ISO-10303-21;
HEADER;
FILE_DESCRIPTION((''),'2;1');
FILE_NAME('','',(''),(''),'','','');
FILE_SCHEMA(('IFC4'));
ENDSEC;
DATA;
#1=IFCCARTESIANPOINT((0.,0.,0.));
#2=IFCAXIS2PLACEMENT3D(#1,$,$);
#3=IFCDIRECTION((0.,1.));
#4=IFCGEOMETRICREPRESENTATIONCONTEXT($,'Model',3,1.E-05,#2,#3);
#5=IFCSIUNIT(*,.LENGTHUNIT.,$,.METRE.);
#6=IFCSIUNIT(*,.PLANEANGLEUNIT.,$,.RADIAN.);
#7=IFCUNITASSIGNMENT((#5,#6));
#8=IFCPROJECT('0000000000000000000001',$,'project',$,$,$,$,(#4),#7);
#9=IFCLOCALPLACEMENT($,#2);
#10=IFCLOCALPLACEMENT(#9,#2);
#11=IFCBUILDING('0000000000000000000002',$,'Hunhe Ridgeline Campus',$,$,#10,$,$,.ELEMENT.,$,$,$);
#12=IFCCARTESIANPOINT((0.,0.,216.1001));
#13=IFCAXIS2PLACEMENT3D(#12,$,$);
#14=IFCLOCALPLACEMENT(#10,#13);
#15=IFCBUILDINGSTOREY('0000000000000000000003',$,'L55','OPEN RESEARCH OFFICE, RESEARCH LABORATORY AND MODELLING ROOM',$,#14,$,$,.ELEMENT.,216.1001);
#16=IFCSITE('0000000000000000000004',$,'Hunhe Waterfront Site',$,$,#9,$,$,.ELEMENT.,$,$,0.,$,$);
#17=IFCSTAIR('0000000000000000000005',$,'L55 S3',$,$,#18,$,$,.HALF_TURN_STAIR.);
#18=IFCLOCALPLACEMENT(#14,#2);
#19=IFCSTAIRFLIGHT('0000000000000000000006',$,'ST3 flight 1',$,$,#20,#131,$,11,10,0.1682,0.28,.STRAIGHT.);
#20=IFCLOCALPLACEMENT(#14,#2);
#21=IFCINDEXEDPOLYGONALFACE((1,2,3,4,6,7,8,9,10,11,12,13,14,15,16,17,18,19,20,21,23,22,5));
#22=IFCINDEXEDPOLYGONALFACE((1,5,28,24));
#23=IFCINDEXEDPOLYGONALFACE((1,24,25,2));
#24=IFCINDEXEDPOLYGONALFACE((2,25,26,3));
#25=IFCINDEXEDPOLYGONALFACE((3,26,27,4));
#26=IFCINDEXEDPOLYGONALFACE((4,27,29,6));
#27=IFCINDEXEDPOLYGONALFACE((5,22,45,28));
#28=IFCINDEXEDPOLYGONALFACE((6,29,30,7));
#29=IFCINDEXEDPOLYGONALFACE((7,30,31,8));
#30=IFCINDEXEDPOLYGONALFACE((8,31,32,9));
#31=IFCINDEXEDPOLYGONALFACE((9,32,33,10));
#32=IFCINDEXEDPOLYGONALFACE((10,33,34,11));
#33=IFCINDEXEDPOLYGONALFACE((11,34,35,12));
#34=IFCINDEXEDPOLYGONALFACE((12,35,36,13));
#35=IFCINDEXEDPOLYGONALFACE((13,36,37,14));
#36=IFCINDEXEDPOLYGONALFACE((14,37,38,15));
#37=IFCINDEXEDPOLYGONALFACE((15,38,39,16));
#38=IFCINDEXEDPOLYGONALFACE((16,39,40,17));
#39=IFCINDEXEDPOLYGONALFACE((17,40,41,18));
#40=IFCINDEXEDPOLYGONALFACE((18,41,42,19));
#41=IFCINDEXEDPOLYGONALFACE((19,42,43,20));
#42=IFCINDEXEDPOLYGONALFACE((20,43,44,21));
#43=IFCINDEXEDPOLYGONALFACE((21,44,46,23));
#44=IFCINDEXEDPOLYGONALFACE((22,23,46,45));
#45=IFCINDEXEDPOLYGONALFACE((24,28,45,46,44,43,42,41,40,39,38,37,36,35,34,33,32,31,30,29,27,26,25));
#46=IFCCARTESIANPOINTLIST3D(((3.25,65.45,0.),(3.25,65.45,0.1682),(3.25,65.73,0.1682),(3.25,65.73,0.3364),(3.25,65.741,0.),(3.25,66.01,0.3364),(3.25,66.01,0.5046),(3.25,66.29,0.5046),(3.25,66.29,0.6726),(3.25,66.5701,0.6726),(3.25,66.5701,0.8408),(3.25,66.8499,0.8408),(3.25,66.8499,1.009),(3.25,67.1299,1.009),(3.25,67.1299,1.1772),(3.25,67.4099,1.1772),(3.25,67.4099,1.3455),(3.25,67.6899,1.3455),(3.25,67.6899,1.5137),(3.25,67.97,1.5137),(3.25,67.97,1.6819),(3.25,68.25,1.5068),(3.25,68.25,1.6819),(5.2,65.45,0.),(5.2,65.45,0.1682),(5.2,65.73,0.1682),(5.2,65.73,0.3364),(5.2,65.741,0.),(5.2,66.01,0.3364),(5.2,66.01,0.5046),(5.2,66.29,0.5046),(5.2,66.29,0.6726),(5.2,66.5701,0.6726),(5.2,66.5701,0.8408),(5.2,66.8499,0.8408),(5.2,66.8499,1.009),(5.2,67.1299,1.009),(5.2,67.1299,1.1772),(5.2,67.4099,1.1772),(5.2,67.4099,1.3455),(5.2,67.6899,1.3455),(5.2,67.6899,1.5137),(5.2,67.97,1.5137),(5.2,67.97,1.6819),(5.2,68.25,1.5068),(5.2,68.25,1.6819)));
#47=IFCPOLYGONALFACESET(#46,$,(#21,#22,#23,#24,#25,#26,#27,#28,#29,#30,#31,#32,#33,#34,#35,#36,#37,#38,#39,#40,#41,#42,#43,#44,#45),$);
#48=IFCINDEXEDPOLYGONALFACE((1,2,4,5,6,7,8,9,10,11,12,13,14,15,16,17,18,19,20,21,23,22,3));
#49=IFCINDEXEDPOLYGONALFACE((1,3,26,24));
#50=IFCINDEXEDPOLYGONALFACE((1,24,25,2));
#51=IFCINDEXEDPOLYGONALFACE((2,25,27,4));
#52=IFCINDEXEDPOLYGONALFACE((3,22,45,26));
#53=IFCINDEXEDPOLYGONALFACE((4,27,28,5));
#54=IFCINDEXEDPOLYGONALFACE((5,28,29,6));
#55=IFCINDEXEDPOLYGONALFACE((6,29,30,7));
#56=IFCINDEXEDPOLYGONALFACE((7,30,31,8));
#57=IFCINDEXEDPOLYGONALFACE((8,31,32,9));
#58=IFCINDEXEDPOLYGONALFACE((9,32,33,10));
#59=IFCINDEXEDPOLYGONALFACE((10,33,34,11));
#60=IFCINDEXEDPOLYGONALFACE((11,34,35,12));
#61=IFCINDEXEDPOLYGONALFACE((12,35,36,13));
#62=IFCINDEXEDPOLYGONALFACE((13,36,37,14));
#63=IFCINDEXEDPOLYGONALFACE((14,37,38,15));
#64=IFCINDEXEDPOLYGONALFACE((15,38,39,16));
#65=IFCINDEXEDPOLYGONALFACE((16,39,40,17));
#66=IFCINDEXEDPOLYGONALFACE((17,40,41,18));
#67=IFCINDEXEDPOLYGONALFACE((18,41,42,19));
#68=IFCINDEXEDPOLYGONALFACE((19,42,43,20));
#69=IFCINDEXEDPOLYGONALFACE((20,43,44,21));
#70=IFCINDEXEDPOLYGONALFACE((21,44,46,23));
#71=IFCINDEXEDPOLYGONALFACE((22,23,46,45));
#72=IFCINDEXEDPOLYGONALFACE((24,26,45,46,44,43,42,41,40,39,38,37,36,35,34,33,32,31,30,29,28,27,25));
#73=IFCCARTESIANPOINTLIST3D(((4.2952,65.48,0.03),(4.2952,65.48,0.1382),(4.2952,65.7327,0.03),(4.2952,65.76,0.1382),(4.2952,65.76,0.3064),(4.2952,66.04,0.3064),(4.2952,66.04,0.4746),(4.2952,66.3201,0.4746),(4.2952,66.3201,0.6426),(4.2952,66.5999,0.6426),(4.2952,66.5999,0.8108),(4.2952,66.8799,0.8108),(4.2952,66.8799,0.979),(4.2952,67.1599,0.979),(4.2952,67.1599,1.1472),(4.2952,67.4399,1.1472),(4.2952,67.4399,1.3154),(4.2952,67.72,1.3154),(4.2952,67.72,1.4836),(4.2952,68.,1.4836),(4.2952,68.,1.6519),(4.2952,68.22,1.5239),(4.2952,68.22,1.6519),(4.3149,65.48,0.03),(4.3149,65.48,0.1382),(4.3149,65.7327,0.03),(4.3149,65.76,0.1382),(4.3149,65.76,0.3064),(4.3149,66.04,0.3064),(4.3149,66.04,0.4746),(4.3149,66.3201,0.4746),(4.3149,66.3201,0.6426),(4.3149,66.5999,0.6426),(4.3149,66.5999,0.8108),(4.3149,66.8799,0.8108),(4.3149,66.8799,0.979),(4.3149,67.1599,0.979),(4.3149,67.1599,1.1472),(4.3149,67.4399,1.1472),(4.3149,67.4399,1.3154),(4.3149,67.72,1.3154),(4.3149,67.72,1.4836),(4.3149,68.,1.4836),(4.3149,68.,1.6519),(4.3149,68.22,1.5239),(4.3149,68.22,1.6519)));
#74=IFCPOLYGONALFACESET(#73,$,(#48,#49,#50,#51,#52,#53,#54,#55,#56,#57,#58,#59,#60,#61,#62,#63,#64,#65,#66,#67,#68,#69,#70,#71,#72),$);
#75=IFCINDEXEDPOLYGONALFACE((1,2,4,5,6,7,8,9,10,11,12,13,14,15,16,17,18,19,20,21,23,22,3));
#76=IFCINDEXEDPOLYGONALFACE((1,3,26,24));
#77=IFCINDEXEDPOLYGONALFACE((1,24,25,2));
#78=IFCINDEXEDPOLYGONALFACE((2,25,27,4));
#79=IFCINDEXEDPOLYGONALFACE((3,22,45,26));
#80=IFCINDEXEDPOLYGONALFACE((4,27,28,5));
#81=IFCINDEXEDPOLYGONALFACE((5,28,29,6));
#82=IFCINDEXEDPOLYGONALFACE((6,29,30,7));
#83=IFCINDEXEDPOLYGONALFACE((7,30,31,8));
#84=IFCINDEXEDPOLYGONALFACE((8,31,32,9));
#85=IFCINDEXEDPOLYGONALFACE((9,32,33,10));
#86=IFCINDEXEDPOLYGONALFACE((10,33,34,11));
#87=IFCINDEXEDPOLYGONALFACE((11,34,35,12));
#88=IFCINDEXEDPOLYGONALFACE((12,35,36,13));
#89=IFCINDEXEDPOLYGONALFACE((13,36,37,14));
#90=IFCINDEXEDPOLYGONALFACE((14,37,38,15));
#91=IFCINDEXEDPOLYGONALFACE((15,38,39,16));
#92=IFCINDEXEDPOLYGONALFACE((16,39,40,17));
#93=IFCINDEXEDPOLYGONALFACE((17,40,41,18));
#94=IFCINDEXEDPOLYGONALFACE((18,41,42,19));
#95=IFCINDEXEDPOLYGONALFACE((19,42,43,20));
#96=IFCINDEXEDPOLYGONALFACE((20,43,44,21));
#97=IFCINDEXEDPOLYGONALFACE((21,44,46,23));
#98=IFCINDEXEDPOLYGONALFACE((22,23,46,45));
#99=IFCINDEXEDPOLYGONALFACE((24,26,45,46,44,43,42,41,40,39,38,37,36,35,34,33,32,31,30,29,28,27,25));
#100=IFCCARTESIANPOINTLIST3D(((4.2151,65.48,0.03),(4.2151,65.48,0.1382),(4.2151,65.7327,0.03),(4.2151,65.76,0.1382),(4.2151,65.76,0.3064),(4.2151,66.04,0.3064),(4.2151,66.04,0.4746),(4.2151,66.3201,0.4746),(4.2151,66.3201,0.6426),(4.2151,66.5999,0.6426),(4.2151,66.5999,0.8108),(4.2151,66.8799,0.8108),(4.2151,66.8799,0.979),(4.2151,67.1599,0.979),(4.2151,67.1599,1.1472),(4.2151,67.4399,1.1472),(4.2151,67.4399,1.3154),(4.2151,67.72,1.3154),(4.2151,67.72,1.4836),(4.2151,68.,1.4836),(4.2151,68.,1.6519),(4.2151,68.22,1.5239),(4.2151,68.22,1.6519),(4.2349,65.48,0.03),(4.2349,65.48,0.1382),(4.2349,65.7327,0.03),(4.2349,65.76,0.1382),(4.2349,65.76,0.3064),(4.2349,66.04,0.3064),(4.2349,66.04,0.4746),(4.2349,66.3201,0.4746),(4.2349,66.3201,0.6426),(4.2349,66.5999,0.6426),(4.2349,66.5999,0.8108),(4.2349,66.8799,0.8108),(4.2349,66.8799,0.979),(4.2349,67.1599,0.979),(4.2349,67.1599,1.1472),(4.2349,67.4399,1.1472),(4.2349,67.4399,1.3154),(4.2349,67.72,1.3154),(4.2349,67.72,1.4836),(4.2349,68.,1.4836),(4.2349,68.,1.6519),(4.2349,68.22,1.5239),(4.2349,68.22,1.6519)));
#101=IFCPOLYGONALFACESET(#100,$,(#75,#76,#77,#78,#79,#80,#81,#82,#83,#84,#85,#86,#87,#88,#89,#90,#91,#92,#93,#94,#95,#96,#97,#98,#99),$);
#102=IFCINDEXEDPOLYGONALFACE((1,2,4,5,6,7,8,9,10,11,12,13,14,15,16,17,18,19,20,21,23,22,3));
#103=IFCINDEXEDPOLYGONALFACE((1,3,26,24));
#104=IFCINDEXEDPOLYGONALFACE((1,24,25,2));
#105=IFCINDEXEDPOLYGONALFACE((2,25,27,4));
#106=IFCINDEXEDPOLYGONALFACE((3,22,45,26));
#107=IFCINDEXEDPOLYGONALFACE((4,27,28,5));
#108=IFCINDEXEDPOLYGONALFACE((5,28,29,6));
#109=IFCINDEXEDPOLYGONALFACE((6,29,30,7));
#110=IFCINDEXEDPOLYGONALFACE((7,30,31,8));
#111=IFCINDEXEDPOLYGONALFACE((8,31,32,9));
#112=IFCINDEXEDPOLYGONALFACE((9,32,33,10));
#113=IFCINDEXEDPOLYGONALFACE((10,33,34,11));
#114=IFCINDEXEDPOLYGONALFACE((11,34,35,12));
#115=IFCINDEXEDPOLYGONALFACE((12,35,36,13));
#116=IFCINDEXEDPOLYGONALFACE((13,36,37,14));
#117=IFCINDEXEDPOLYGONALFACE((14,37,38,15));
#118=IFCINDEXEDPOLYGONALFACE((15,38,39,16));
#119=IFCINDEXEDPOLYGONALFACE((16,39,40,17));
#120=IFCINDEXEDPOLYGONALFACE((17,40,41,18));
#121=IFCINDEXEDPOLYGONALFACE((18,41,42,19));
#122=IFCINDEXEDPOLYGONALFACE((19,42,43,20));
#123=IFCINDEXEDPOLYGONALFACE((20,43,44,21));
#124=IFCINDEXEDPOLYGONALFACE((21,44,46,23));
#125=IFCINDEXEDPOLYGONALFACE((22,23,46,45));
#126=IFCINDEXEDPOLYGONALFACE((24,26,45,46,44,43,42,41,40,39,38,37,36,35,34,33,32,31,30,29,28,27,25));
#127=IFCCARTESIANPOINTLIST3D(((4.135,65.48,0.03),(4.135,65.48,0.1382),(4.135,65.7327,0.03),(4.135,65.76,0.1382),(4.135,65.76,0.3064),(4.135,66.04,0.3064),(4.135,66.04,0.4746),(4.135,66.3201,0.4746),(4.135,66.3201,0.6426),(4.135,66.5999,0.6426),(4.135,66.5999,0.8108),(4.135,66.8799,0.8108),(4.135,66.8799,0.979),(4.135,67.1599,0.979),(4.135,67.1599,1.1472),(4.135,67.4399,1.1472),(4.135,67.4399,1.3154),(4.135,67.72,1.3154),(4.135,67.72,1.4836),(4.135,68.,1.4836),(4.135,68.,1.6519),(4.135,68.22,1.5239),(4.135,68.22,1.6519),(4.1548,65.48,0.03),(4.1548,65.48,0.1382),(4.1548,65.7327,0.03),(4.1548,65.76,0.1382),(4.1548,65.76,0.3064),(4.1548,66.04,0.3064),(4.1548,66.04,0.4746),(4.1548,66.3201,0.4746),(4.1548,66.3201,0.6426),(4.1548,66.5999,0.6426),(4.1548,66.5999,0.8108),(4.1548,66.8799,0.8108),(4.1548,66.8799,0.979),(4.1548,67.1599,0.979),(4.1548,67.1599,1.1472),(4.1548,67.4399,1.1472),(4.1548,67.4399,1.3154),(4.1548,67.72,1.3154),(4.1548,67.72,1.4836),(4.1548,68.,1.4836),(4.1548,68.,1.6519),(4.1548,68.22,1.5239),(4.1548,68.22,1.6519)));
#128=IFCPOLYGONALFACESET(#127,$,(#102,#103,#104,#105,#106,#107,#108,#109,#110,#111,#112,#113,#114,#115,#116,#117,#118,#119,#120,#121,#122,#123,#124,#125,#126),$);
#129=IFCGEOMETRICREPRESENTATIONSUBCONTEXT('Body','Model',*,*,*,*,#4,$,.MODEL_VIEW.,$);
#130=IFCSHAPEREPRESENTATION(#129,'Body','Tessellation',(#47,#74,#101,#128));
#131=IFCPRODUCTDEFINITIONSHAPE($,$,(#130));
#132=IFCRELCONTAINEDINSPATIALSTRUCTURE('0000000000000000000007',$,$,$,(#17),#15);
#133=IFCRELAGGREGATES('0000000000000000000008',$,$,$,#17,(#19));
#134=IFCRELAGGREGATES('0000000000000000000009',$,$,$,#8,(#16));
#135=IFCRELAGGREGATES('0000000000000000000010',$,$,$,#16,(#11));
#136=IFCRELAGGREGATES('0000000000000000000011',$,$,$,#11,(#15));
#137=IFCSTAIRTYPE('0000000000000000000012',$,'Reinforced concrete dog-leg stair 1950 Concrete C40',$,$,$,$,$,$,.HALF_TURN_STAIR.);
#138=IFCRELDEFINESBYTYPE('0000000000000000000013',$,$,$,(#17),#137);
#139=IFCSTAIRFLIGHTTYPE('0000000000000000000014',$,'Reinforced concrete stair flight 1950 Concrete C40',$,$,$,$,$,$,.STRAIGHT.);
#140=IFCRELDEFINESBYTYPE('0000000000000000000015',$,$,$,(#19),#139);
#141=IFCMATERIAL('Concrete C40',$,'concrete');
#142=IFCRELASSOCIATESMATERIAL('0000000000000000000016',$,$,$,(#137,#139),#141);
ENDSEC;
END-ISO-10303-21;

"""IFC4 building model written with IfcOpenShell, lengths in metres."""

from ifc_helpers import new_model, si_unit, direction, frame, origin, place, context, subcontext, project, spatial, polyline, outline, extrude, material, type_object, element, aggregate, save


model = new_model("IFC4")

# Units and contexts
model_context = context("Model", 3, precision=1e-05, world=origin(), true_north=direction((0.0, 1.0)))
body_context = subcontext(model_context, "Body", "Model", "MODEL_VIEW")
ifc_project = project(units=[si_unit("LENGTHUNIT", "METRE"), si_unit("PLANEANGLEUNIT", "RADIAN")], contexts=[model_context])

# Site, building, storey
site_placement = place(None, origin())
site = spatial("IfcSite", under=ifc_project, at=site_placement, Name="Hunhe Waterfront Site", CompositionType="ELEMENT", RefElevation=0.0)
building_placement = place(site_placement, origin())
building = spatial("IfcBuilding", under=site, at=building_placement, Name="Hunhe Ridgeline Campus", CompositionType="ELEMENT")
storey_placement = place(building_placement, frame((0.0, 0.0, 216.1001)))
storey = spatial("IfcBuildingStorey", under=building, at=storey_placement, Name="L55", Description="OPEN RESEARCH OFFICE, RESEARCH LABORATORY AND MODELLING ROOM", CompositionType="ELEMENT", Elevation=216.1001)

# Stair, stair flight
ifc_material_1 = material(Name="Concrete C40", Category="concrete")
stair_type = type_object("IfcStairType", Name="Reinforced concrete dog-leg stair 1950 Concrete C40", PredefinedType="HALF_TURN_STAIR", material=ifc_material_1)
stair_1_placement = place(storey_placement, origin())
stair_1 = element("IfcStair", 1, at=stair_1_placement, inside=storey, type_object=stair_type, Name="L55 S3", PredefinedType="HALF_TURN_STAIR")
stair_flight_type = type_object("IfcStairFlightType", Name="Reinforced concrete stair flight 1950 Concrete C40", PredefinedType="STRAIGHT", material=ifc_material_1)
stair_flight_1_placement = place(storey_placement, frame((4.2251, 65.45, 0.0), z_axis=(0.0, 0.0, 1.0), x_axis=(0.0, 1.0, 0.0)))
stair_flight_1 = element("IfcStairFlight", 2, at=stair_flight_1_placement, type_object=stair_flight_type, Name="ST3 flight 1", NumberOfRisers=11, NumberOfTreads=10, PredefinedType="STRAIGHT", RiserHeight=0.1682, TreadLength=0.28, context=body_context, shape_type="SweptSolid", body=[
    extrude(outline(polyline([(0.0, 0.0), (0.0, 0.1682), (0.28, 0.1682), (0.28, 0.3364), (0.5601, 0.3364), (0.5601, 0.5046), (0.8401, 0.5046), (0.8401, 0.6726), (1.1201, 0.6726), (1.1201, 0.8408), (1.3999, 0.8408), (1.3999, 1.009), (1.6799, 1.009), (1.6799, 1.1772), (1.96, 1.1772), (1.96, 1.3455), (2.24, 1.3455), (2.24, 1.5137), (2.52, 1.5137), (2.52, 1.6819), (2.8, 1.6819), (2.8, 1.8501), (2.8, 1.5068), (0.291, 0.0), (0.0, 0.0)])), frame((0.0, 0.9751, 0.0), z_axis=(0.0, -1.0, 0.0), x_axis=(1.0, 0.0, 0.0)), (0.0, 0.0, 1.0), 1.95),
    extrude(outline(polyline([(0.03, 0.03), (0.03, 0.1382), (0.3101, 0.1382), (0.3101, 0.3064), (0.5901, 0.3064), (0.5901, 0.4746), (0.8701, 0.4746), (0.8701, 0.6426), (1.1499, 0.6426), (1.1499, 0.8108), (1.4299, 0.8108), (1.4299, 0.979), (1.71, 0.979), (1.71, 1.1472), (1.99, 1.1472), (1.99, 1.3154), (2.27, 1.3154), (2.27, 1.4836), (2.55, 1.4836), (2.55, 1.6519), (2.77, 1.6519), (2.77, 1.5239), (0.2827, 0.03), (0.03, 0.03)])), frame((0.0, -0.0701, 0.0), z_axis=(0.0, -1.0, 0.0), x_axis=(1.0, 0.0, 0.0)), (0.0, 0.0, 1.0), 0.0198),
    extrude(outline(polyline([(0.03, 0.03), (0.03, 0.1382), (0.3101, 0.1382), (0.3101, 0.3064), (0.5901, 0.3064), (0.5901, 0.4746), (0.8701, 0.4746), (0.8701, 0.6426), (1.1499, 0.6426), (1.1499, 0.8108), (1.4299, 0.8108), (1.4299, 0.979), (1.71, 0.979), (1.71, 1.1472), (1.99, 1.1472), (1.99, 1.3154), (2.27, 1.3154), (2.27, 1.4836), (2.55, 1.4836), (2.55, 1.6519), (2.77, 1.6519), (2.77, 1.5239), (0.2827, 0.03), (0.03, 0.03)])), frame((0.0, 0.01, 0.0), z_axis=(0.0, -1.0, 0.0), x_axis=(1.0, 0.0, 0.0)), (0.0, 0.0, 1.0), 0.0198),
    extrude(outline(polyline([(0.03, 0.03), (0.03, 0.1382), (0.3101, 0.1382), (0.3101, 0.3064), (0.5901, 0.3064), (0.5901, 0.4746), (0.8701, 0.4746), (0.8701, 0.6426), (1.1499, 0.6426), (1.1499, 0.8108), (1.4299, 0.8108), (1.4299, 0.979), (1.71, 0.979), (1.71, 1.1472), (1.99, 1.1472), (1.99, 1.3154), (2.27, 1.3154), (2.27, 1.4836), (2.55, 1.4836), (2.55, 1.6519), (2.77, 1.6519), (2.77, 1.5239), (0.2827, 0.03), (0.03, 0.03)])), frame((0.0, 0.0901, 0.0), z_axis=(0.0, -1.0, 0.0), x_axis=(1.0, 0.0, 0.0)), (0.0, 0.0, 1.0), 0.0198),
])
aggregate(stair_1, [stair_flight_1])

save(model, "model.ifc")
